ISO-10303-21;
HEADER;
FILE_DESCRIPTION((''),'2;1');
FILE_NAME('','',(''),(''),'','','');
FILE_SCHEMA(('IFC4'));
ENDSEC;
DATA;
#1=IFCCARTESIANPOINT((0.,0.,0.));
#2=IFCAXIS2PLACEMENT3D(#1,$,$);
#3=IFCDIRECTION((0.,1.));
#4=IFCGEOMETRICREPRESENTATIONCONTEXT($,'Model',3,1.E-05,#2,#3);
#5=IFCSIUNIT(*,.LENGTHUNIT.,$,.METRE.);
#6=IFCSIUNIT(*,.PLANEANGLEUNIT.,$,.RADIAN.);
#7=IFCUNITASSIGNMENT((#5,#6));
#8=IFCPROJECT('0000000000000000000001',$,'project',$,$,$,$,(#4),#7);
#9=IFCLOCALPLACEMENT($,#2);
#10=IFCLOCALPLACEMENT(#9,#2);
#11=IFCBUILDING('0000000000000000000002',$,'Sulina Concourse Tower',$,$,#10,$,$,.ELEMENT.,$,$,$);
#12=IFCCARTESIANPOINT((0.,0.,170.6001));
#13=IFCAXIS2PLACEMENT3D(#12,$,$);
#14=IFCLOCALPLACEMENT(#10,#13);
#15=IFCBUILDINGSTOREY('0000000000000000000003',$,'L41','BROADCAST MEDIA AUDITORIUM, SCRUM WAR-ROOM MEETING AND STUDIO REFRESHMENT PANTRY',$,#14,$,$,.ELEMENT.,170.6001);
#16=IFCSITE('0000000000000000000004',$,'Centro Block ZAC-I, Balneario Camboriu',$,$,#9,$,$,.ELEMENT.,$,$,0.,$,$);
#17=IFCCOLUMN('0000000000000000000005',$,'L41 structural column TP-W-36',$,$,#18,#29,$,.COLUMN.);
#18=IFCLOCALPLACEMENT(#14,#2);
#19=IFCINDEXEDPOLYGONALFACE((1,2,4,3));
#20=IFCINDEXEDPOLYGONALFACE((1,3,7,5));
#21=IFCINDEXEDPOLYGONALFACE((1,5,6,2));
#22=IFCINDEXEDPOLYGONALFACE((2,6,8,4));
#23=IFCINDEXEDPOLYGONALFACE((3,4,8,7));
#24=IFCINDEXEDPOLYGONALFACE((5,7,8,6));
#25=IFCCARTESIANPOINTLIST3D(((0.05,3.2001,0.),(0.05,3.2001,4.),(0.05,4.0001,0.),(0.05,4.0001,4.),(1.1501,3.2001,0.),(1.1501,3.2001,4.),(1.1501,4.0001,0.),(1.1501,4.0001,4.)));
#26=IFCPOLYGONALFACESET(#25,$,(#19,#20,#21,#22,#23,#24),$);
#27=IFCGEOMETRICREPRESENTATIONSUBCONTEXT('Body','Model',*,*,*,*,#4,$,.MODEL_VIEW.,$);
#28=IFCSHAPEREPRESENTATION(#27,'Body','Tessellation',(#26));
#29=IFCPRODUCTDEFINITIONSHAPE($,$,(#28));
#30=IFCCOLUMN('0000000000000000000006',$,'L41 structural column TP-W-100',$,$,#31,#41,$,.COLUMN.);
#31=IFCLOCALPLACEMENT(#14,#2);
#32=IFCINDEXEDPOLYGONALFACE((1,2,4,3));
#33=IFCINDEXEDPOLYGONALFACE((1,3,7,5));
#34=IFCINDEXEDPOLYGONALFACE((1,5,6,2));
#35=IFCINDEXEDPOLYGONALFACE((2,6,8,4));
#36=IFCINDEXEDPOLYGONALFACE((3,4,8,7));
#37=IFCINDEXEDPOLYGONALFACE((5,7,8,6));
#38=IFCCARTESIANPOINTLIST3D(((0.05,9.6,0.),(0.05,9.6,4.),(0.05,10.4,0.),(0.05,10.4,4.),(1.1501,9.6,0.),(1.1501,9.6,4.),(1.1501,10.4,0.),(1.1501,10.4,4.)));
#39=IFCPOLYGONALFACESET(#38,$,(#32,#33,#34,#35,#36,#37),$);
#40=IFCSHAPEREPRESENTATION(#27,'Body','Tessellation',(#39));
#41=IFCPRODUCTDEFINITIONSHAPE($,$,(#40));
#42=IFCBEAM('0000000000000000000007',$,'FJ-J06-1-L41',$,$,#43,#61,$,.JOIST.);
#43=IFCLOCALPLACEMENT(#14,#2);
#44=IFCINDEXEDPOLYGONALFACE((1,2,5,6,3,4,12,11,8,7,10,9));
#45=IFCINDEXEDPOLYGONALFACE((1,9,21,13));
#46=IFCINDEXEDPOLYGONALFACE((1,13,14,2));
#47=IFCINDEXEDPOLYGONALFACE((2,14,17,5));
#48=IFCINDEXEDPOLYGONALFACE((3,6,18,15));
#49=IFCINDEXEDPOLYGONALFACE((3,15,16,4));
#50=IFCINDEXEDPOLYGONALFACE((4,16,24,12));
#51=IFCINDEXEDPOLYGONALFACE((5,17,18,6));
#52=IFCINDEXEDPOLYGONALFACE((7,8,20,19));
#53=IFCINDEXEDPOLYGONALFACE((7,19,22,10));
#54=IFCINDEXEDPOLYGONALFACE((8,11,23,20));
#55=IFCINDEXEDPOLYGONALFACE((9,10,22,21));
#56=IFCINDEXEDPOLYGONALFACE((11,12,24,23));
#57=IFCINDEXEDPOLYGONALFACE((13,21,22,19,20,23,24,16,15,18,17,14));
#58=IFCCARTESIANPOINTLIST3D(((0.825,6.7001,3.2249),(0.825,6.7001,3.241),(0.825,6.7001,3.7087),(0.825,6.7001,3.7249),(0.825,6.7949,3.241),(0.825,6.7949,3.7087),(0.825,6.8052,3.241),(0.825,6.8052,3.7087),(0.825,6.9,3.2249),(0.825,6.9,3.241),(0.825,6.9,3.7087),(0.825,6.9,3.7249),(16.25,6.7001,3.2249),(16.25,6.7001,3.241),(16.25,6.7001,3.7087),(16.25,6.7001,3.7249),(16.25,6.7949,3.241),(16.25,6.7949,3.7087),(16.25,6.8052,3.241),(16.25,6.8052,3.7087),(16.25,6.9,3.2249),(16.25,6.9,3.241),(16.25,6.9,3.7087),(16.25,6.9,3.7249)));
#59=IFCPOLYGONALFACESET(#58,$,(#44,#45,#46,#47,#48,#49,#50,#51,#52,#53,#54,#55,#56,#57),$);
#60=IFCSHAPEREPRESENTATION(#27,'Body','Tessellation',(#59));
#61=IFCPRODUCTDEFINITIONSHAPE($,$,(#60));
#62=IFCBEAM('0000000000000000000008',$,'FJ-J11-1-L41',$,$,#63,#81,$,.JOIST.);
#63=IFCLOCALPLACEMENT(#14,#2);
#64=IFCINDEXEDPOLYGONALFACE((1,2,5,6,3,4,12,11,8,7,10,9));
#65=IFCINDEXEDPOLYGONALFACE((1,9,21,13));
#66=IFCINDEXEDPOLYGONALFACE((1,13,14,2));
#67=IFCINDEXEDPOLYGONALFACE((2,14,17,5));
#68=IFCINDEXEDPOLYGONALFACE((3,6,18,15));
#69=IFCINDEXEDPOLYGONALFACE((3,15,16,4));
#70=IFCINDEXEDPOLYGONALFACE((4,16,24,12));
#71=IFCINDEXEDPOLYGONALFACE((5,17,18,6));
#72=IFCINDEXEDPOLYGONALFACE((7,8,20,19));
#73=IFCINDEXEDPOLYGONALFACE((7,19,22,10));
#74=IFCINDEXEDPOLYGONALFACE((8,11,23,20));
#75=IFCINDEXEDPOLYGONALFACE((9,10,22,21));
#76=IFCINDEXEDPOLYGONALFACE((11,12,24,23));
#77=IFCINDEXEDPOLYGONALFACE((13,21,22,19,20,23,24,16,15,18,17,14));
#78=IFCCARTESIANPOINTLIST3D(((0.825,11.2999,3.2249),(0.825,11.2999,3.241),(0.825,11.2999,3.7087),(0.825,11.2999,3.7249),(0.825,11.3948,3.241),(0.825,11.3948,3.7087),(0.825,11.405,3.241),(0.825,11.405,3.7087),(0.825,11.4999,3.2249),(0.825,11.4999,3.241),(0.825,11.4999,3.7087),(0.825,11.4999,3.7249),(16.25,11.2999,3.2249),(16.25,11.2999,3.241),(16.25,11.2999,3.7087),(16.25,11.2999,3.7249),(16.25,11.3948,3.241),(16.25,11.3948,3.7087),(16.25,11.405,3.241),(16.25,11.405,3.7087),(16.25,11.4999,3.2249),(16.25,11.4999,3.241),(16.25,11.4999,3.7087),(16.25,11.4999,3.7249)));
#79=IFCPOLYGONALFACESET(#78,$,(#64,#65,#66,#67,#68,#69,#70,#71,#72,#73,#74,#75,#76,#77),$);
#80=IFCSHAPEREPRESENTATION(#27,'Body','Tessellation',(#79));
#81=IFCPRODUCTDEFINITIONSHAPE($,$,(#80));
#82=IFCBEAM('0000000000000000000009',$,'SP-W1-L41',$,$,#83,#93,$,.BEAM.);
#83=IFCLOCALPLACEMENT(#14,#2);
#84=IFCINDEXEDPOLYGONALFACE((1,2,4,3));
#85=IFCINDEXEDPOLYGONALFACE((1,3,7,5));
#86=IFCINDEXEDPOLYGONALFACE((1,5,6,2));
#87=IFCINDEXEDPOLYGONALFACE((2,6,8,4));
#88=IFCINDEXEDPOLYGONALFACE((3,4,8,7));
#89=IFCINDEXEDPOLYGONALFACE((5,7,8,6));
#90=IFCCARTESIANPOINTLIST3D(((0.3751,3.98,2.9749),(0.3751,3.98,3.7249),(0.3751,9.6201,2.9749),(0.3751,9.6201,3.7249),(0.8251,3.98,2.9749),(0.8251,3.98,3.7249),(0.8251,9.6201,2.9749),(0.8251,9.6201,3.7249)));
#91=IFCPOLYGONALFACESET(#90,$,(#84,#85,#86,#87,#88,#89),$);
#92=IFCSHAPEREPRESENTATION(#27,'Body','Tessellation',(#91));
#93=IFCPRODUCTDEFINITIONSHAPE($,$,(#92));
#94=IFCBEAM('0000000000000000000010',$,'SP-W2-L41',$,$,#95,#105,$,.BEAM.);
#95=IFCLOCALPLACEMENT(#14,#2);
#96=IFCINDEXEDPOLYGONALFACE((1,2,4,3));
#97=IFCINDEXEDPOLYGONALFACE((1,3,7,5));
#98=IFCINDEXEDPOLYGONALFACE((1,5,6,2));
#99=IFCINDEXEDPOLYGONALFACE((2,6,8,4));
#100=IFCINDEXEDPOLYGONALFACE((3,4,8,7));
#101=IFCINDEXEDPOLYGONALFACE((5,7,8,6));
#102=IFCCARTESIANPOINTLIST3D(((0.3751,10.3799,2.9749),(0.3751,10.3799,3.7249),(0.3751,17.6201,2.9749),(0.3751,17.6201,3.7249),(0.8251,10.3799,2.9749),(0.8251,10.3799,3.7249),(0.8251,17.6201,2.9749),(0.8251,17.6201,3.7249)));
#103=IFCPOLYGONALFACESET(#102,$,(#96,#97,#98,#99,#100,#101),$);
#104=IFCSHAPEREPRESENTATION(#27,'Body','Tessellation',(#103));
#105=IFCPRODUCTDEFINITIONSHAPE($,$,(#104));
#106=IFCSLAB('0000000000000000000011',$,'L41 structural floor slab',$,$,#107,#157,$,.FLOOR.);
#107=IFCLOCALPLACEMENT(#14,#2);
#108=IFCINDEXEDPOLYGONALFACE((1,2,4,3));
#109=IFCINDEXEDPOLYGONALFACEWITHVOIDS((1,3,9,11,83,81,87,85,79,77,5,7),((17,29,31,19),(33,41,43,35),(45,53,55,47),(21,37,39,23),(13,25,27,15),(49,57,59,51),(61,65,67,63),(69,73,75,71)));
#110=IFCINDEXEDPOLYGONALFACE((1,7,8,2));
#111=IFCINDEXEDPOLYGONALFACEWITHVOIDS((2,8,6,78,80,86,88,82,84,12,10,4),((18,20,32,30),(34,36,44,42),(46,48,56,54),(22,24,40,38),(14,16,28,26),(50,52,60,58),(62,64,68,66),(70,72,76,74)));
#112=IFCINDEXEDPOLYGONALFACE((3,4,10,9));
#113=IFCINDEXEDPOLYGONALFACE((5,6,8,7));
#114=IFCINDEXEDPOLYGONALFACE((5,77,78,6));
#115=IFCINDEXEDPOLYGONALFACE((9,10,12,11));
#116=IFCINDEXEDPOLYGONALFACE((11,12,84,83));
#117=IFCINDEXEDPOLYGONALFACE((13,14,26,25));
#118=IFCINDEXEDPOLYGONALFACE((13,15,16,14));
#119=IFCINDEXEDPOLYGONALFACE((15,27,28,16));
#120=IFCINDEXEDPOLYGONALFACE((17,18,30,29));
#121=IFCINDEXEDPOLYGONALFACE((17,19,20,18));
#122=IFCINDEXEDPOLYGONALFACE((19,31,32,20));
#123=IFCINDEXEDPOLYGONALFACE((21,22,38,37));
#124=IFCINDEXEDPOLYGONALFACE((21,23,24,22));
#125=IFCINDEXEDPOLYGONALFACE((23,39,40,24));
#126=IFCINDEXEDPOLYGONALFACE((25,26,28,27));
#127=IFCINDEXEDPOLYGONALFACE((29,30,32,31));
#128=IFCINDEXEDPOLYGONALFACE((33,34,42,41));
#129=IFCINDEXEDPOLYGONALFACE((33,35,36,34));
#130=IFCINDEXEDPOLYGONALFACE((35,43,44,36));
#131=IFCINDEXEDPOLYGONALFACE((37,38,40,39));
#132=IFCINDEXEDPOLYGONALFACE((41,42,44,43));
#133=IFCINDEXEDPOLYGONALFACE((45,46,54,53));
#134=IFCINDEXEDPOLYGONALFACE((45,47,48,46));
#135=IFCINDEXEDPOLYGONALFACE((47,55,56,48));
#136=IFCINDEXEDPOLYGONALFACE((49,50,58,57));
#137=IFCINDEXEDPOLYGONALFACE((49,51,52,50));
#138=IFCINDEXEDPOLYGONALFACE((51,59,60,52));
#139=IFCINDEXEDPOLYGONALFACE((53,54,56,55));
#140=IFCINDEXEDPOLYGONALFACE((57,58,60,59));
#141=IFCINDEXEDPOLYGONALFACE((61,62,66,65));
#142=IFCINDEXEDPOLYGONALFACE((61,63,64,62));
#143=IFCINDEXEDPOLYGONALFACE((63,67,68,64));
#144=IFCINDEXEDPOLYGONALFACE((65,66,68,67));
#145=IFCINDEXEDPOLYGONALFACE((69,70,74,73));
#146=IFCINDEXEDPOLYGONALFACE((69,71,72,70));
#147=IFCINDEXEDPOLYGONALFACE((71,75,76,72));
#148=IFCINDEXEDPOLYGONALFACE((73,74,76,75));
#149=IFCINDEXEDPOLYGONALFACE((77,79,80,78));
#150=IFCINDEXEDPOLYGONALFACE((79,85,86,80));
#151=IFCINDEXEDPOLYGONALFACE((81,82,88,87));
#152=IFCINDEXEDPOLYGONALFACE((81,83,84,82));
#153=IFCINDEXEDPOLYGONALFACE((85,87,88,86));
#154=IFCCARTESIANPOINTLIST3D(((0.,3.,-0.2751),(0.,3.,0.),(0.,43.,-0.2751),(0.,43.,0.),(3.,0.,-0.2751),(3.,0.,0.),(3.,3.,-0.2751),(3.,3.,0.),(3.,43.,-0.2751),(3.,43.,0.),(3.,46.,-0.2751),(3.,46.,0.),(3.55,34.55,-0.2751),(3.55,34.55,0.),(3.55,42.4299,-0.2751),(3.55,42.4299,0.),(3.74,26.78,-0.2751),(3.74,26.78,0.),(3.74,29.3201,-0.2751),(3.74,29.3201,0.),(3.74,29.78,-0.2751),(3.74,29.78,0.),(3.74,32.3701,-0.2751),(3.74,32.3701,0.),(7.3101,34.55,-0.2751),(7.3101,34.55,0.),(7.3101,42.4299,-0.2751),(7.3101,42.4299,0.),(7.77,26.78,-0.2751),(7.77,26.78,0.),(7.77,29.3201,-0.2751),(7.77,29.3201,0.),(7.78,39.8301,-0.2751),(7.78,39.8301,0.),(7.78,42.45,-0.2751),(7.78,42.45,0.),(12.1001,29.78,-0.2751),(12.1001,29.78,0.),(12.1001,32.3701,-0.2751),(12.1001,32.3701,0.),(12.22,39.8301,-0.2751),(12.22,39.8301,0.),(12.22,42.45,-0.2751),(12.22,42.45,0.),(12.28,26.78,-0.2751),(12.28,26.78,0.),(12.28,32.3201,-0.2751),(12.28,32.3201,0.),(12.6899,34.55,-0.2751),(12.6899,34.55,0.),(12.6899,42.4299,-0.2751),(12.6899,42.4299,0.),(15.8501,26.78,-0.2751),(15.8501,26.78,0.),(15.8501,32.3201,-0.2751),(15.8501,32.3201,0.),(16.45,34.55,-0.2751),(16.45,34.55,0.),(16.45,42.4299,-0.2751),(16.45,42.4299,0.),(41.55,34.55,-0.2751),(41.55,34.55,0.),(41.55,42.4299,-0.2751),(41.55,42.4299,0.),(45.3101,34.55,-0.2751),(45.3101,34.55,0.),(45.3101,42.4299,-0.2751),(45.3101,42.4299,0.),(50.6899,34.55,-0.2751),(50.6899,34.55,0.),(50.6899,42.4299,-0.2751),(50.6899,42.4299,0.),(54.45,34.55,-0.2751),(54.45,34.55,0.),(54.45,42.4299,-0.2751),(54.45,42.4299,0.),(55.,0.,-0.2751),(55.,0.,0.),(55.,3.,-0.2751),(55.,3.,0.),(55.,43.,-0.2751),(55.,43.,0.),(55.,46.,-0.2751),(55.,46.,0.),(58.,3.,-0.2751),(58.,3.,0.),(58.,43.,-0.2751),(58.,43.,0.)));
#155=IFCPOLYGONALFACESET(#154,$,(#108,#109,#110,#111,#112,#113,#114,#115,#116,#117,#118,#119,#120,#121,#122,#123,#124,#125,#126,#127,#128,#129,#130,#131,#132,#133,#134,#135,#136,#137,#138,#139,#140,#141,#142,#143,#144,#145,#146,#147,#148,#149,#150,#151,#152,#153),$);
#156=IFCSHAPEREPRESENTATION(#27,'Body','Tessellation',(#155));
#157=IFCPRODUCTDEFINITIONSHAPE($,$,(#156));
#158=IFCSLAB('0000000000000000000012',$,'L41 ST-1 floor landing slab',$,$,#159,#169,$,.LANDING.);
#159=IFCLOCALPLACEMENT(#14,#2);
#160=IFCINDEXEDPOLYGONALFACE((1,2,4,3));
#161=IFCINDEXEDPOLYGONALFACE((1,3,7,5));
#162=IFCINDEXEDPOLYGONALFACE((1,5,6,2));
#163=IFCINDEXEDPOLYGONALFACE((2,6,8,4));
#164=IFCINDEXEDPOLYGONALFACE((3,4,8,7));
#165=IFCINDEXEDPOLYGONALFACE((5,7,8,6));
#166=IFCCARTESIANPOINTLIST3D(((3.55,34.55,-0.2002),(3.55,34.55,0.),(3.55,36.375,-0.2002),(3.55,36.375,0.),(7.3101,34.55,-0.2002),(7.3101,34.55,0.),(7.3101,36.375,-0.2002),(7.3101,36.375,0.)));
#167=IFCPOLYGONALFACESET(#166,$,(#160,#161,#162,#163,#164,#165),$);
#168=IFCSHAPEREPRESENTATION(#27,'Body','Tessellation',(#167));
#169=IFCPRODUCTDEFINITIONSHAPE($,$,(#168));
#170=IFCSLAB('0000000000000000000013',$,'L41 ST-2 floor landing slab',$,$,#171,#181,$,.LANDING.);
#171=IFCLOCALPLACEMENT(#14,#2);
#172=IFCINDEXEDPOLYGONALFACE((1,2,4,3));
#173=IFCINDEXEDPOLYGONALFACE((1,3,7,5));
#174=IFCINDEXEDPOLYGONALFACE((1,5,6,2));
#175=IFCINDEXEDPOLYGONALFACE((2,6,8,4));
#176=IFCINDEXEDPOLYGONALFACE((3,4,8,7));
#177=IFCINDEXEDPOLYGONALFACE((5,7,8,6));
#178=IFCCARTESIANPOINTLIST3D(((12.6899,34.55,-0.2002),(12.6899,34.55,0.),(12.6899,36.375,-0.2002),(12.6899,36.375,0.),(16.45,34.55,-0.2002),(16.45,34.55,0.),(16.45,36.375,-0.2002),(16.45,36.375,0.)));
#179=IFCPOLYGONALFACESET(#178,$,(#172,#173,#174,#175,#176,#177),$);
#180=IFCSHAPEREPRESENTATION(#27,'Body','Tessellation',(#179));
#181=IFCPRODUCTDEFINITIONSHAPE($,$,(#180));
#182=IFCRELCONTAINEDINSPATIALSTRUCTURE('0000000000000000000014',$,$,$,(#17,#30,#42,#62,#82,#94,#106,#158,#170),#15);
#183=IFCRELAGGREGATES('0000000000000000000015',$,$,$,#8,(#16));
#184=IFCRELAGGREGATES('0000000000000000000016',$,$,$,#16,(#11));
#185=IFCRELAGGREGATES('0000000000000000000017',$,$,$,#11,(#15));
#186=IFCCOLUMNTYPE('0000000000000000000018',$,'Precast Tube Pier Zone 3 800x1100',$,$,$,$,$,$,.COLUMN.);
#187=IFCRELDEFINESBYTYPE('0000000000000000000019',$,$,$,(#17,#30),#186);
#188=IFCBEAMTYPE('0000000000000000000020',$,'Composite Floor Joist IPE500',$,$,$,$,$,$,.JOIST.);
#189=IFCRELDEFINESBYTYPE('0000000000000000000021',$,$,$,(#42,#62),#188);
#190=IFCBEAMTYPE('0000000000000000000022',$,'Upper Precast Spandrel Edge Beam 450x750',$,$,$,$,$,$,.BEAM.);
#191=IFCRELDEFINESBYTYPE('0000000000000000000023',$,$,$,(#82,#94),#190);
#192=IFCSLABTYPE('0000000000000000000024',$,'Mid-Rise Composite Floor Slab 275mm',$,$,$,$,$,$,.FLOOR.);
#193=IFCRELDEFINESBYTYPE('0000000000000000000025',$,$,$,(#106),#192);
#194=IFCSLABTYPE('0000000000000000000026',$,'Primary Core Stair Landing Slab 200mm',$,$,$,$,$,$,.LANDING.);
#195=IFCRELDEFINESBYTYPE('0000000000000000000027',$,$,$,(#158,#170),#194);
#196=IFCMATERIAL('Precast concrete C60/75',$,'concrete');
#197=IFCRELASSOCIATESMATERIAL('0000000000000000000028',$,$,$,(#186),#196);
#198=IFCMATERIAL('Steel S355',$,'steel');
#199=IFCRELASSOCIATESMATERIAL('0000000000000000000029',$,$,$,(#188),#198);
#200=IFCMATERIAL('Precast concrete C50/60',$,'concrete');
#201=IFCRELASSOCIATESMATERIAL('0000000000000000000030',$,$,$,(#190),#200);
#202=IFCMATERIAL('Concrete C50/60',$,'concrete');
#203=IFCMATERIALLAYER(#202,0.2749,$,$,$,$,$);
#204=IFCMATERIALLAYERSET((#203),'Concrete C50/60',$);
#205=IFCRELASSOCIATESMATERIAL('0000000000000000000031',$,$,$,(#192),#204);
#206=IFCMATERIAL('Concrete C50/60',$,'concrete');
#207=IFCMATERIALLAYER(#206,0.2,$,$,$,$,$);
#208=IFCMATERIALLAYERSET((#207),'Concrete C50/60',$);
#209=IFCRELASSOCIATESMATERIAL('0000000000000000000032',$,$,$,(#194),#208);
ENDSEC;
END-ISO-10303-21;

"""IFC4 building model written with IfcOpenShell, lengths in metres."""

from ifc_helpers import new_model, si_unit, direction, frame, origin, origin_2d, place, context, subcontext, project, spatial, polyline, rectangle, i_section, outline, extrude, material, layer, layer_set, material_profile, profile_set, type_object, element, save


model = new_model("IFC4")

# Units and contexts
model_context = context("Model", 3, precision=1e-05, world=origin(), true_north=direction((0.0, 1.0)))
body_context = subcontext(model_context, "Body", "Model", "MODEL_VIEW")
ifc_project = project(units=[si_unit("LENGTHUNIT", "METRE"), si_unit("PLANEANGLEUNIT", "RADIAN")], contexts=[model_context])

# Site, building, storey
site_placement = place(None, origin())
site = spatial("IfcSite", under=ifc_project, at=site_placement, Name="Centro Block ZAC-I, Balneario Camboriu", CompositionType="ELEMENT", RefElevation=0.0)
building_placement = place(site_placement, origin())
building = spatial("IfcBuilding", under=site, at=building_placement, Name="Sulina Concourse Tower", CompositionType="ELEMENT")
storey_placement = place(building_placement, frame((0.0, 0.0, 170.6001)))
storey = spatial("IfcBuildingStorey", under=building, at=storey_placement, Name="L41", Description="BROADCAST MEDIA AUDITORIUM, SCRUM WAR-ROOM MEETING AND STUDIO REFRESHMENT PANTRY", CompositionType="ELEMENT", Elevation=170.6001)

# Columns
ifc_material_1 = material(Name="Precast concrete C60/75", Category="concrete")
ifc_material_profile_1 = material_profile(ifc_material_1, rectangle(XDim=0.8, YDim=1.1001, at=origin_2d()), Name="PC 800x1100")
ifc_profile_set_1 = profile_set([ifc_material_profile_1], Name="Precast concrete C60/75")
column_type = type_object("IfcColumnType", Name="Precast Tube Pier Zone 3 800x1100", PredefinedType="COLUMN", material=ifc_profile_set_1)
for number, where, z_axis, x_axis, name in (
    (1, (0.6001, 3.6001, 0.0), (0.0, 0.0, 1.0), (0.0, 1.0, 0.0), "L41 structural column TP-W-36"),
    (2, (0.6001, 10.0, 0.0), (0.0, 0.0, 1.0), (0.0, 1.0, 0.0), "L41 structural column TP-W-100"),
):
    element("IfcColumn", number, at=place(storey_placement, frame(where, z_axis=z_axis, x_axis=x_axis)), inside=storey, type_object=column_type, Name=name, PredefinedType="COLUMN", context=body_context, shape_type="SweptSolid", body=[
        extrude(rectangle(XDim=0.8, YDim=1.1001, at=origin_2d()), origin(), (0.0, 0.0, 1.0), 4.0),
    ])

# Beams
ifc_material_2 = material(Name="Steel S355", Category="steel")
ifc_material_profile_2 = material_profile(ifc_material_2, i_section(OverallWidth=0.2, OverallDepth=0.5, WebThickness=0.0103, FlangeThickness=0.0161, at=origin_2d()), Name="IPE 500")
ifc_profile_set_2 = profile_set([ifc_material_profile_2], Name="Steel S355")
beam_type_1 = type_object("IfcBeamType", Name="Composite Floor Joist IPE500", PredefinedType="JOIST", material=ifc_profile_set_2)
for number, where, z_axis, x_axis, name in (
    (3, (0.825, 6.8, 3.4749), (1.0, 0.0, 0.0), (0.0, 1.0, 0.0), "FJ-J06-1-L41"),
    (4, (0.825, 11.3999, 3.4749), (1.0, 0.0, 0.0), (0.0, 1.0, 0.0), "FJ-J11-1-L41"),
):
    element("IfcBeam", number, at=place(storey_placement, frame(where, z_axis=z_axis, x_axis=x_axis)), inside=storey, type_object=beam_type_1, Name=name, PredefinedType="JOIST", context=body_context, shape_type="SweptSolid", body=[
        extrude(i_section(OverallWidth=0.2, OverallDepth=0.5, WebThickness=0.0103, FlangeThickness=0.0161, at=origin_2d()), origin(), (0.0, 0.0, 1.0), 15.425),
    ])
ifc_material_3 = material(Name="Precast concrete C50/60", Category="concrete")
ifc_material_profile_3 = material_profile(ifc_material_3, rectangle(XDim=0.45, YDim=0.75, at=origin_2d()), Name="RC 450x750")
ifc_profile_set_3 = profile_set([ifc_material_profile_3], Name="Precast concrete C50/60")
beam_type_2 = type_object("IfcBeamType", Name="Upper Precast Spandrel Edge Beam 450x750", PredefinedType="BEAM", material=ifc_profile_set_3)
beam_1_placement = place(storey_placement, frame((0.6001, 3.98, 3.3499), z_axis=(0.0, 1.0, 0.0), x_axis=(-1.0, 0.0, 0.0)))
element("IfcBeam", 5, at=beam_1_placement, inside=storey, type_object=beam_type_2, Name="SP-W1-L41", PredefinedType="BEAM", context=body_context, shape_type="SweptSolid", body=[
    extrude(rectangle(XDim=0.45, YDim=0.75, at=origin_2d()), origin(), (0.0, 0.0, 1.0), 5.6401),
])
beam_2_placement = place(storey_placement, frame((0.6001, 10.3799, 3.3499), z_axis=(0.0, 1.0, 0.0), x_axis=(-1.0, 0.0, 0.0)))
element("IfcBeam", 6, at=beam_2_placement, inside=storey, type_object=beam_type_2, Name="SP-W2-L41", PredefinedType="BEAM", context=body_context, shape_type="SweptSolid", body=[
    extrude(rectangle(XDim=0.45, YDim=0.75, at=origin_2d()), origin(), (0.0, 0.0, 1.0), 7.2402),
])

# Slabs
ifc_material_4 = material(Name="Concrete C50/60", Category="concrete")
ifc_layer_1 = layer(ifc_material_4, 0.2749)
ifc_layer_set_1 = layer_set([ifc_layer_1], Name="Concrete C50/60")
slab_type_1 = type_object("IfcSlabType", Name="Mid-Rise Composite Floor Slab 275mm", PredefinedType="FLOOR", material=ifc_layer_set_1)
slab_1_placement = place(storey_placement, frame((0.0, 0.0, -0.2751)))
element("IfcSlab", 7, at=slab_1_placement, inside=storey, type_object=slab_type_1, Name="L41 structural floor slab", PredefinedType="FLOOR", context=body_context, shape_type="SweptSolid", body=[
    extrude(outline(polyline([(3.0, 0.0), (55.0, 0.0), (55.0, 3.0), (58.0, 3.0), (58.0, 43.0), (55.0, 43.0), (55.0, 46.0), (3.0, 46.0), (3.0, 43.0), (0.0, 43.0), (0.0, 3.0), (3.0, 3.0), (3.0, 0.0)]), holes=[polyline([(7.3101, 34.55), (7.3101, 42.4299), (3.55, 42.4299), (3.55, 34.55), (7.3101, 34.55)]), polyline([(16.45, 34.55), (16.45, 42.4299), (12.6899, 42.4299), (12.6899, 34.55), (16.45, 34.55)]), polyline([(45.3101, 34.55), (45.3101, 42.4299), (41.55, 42.4299), (41.55, 34.55), (45.3101, 34.55)]), polyline([(54.45, 34.55), (54.45, 42.4299), (50.6899, 42.4299), (50.6899, 34.55), (54.45, 34.55)]), polyline([(7.78, 39.8301), (12.22, 39.8301), (12.22, 42.45), (7.78, 42.45), (7.78, 39.8301)]), polyline([(3.74, 26.78), (7.77, 26.78), (7.77, 29.3201), (3.74, 29.3201), (3.74, 26.78)]), polyline([(3.74, 29.78), (12.1001, 29.78), (12.1001, 32.3701), (3.74, 32.3701), (3.74, 29.78)]), polyline([(12.28, 26.78), (15.8501, 26.78), (15.8501, 32.3201), (12.28, 32.3201), (12.28, 26.78)])]), origin(), (0.0, 0.0, 1.0), 0.2751),
])
ifc_material_5 = material(Name="Concrete C50/60", Category="concrete")
ifc_layer_2 = layer(ifc_material_5, 0.2)
ifc_layer_set_2 = layer_set([ifc_layer_2], Name="Concrete C50/60")
slab_type_2 = type_object("IfcSlabType", Name="Primary Core Stair Landing Slab 200mm", PredefinedType="LANDING", material=ifc_layer_set_2)
slab_2_placement = place(storey_placement, frame((0.0, 0.0, -0.2002)))
element("IfcSlab", 8, at=slab_2_placement, inside=storey, type_object=slab_type_2, Name="L41 ST-1 floor landing slab", PredefinedType="LANDING", context=body_context, shape_type="SweptSolid", body=[
    extrude(outline(polyline([(7.3101, 34.55), (7.3101, 36.375), (3.55, 36.375), (3.55, 34.55), (7.3101, 34.55)])), origin(), (0.0, 0.0, 1.0), 0.2002),
])
slab_3_placement = place(storey_placement, frame((0.0, 0.0, -0.2002)))
element("IfcSlab", 9, at=slab_3_placement, inside=storey, type_object=slab_type_2, Name="L41 ST-2 floor landing slab", PredefinedType="LANDING", context=body_context, shape_type="SweptSolid", body=[
    extrude(outline(polyline([(16.45, 34.55), (16.45, 36.375), (12.6899, 36.375), (12.6899, 34.55), (16.45, 34.55)])), origin(), (0.0, 0.0, 1.0), 0.2002),
])

save(model, "model.ifc")
